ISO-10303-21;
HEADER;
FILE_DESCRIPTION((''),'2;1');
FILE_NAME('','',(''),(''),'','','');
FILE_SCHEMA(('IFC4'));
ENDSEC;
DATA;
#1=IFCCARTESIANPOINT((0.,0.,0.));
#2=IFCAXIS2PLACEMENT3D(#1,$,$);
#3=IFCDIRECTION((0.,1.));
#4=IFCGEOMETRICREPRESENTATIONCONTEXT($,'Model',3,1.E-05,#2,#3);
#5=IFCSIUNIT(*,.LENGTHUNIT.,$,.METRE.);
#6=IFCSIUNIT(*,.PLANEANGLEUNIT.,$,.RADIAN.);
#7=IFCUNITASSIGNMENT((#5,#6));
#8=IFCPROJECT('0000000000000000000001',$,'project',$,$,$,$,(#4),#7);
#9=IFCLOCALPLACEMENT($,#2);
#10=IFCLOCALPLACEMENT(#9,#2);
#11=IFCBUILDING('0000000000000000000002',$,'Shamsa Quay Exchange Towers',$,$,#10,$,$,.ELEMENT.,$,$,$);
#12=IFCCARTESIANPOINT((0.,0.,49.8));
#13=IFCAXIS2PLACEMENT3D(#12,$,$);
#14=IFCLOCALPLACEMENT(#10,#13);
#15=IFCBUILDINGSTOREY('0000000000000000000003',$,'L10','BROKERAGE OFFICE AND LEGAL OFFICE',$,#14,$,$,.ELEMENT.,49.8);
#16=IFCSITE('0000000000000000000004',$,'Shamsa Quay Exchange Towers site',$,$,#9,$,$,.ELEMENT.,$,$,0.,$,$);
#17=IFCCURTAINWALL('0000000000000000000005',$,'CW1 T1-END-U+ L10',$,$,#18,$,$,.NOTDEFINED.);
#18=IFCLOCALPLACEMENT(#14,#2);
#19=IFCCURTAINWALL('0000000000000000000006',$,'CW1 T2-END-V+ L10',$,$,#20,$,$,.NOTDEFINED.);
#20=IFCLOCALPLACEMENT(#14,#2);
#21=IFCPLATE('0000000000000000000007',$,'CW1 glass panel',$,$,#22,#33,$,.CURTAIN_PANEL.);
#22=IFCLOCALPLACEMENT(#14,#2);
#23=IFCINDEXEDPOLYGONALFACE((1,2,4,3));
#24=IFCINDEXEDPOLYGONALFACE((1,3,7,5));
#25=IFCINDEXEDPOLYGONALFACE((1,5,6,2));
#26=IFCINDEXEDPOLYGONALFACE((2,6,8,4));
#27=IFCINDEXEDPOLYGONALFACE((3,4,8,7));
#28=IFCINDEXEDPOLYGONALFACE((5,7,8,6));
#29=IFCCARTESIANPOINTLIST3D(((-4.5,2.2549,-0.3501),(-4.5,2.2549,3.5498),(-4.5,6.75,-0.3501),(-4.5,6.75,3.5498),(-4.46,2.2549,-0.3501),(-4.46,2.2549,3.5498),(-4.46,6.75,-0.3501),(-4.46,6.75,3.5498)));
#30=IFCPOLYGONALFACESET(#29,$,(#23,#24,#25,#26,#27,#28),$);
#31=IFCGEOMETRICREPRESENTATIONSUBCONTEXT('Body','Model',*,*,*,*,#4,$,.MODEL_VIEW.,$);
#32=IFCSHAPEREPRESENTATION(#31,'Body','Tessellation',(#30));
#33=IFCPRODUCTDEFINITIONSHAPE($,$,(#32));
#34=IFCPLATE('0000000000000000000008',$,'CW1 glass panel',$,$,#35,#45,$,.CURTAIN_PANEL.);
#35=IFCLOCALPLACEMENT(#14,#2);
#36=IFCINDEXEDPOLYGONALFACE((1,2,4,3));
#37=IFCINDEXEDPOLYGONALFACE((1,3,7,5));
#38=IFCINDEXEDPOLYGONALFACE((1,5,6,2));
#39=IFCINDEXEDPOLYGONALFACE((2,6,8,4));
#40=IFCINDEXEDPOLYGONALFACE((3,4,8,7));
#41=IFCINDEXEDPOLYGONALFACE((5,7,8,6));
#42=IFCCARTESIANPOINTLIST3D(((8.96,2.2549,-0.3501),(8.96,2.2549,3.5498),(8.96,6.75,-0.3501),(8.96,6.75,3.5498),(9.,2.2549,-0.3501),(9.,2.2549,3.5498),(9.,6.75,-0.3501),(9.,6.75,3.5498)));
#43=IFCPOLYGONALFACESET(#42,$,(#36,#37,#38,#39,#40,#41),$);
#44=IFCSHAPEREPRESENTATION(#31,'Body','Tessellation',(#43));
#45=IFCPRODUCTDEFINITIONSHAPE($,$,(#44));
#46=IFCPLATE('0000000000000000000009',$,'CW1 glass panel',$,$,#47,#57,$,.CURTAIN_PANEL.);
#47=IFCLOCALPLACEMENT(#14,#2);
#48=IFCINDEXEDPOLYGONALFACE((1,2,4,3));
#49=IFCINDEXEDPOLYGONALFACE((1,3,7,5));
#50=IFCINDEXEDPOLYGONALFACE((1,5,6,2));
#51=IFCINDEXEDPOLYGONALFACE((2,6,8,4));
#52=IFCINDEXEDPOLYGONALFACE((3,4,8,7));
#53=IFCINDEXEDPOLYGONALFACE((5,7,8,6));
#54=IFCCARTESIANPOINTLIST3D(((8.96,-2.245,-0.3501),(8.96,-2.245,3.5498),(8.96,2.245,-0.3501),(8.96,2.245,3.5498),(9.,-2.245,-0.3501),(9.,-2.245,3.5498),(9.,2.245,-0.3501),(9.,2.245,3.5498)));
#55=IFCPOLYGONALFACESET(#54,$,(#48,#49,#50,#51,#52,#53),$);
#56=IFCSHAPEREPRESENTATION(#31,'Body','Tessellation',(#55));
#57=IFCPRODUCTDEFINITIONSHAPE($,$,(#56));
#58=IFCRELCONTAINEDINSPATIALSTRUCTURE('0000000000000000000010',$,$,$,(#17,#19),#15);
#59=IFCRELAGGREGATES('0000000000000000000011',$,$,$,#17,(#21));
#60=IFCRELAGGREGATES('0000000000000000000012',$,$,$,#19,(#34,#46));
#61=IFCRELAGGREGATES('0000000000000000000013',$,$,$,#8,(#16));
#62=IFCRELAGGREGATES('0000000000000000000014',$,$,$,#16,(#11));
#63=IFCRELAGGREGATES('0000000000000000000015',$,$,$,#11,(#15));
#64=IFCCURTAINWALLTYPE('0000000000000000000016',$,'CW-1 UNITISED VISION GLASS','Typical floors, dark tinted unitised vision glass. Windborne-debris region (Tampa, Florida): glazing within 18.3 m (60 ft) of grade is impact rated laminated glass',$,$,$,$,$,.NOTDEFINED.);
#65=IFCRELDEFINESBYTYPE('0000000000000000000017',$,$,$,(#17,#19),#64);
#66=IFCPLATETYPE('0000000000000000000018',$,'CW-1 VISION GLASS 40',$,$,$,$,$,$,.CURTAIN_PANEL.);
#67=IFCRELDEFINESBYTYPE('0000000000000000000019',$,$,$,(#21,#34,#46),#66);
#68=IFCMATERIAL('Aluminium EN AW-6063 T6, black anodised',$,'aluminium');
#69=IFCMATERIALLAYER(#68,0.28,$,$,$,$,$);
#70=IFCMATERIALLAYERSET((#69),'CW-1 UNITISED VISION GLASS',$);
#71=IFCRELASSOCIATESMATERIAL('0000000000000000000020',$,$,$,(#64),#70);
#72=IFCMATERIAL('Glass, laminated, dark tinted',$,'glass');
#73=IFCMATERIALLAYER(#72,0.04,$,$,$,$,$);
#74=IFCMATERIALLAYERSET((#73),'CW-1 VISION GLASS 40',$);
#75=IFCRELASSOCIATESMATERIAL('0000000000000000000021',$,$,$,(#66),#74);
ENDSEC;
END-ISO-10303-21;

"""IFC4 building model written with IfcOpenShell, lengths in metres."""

from ifc_helpers import new_model, si_unit, direction, frame, origin, origin_2d, place, context, subcontext, project, spatial, rectangle, extrude, material, layer, layer_set, type_object, element, aggregate, save


model = new_model("IFC4")

# Units and contexts
model_context = context("Model", 3, precision=1e-05, world=origin(), true_north=direction((0.0, 1.0)))
body_context = subcontext(model_context, "Body", "Model", "MODEL_VIEW")
ifc_project = project(units=[si_unit("LENGTHUNIT", "METRE"), si_unit("PLANEANGLEUNIT", "RADIAN")], contexts=[model_context])

# Site, building, storey
site_placement = place(None, origin())
site = spatial("IfcSite", under=ifc_project, at=site_placement, Name="Shamsa Quay Exchange Towers site", CompositionType="ELEMENT", RefElevation=0.0)
building_placement = place(site_placement, origin())
building = spatial("IfcBuilding", under=site, at=building_placement, Name="Shamsa Quay Exchange Towers", CompositionType="ELEMENT")
storey_placement = place(building_placement, frame((0.0, 0.0, 49.8)))
storey = spatial("IfcBuildingStorey", under=building, at=storey_placement, Name="L10", Description="BROKERAGE OFFICE AND LEGAL OFFICE", CompositionType="ELEMENT", Elevation=49.8)

# Curtain walls
ifc_material_1 = material(Name="Aluminium EN AW-6063 T6, black anodised", Category="aluminium")
ifc_layer_1 = layer(ifc_material_1, 0.28)
ifc_layer_set_1 = layer_set([ifc_layer_1], Name="CW-1 UNITISED VISION GLASS")
curtain_wall_type = type_object("IfcCurtainWallType", Name="CW-1 UNITISED VISION GLASS", Description="Typical floors, dark tinted unitised vision glass. Windborne-debris region (Tampa, Florida): glazing within 18.3 m (60 ft) of grade is impact rated laminated glass", PredefinedType="NOTDEFINED", material=ifc_layer_set_1)
curtain_wall_1_placement = place(storey_placement, origin())
curtain_wall_1 = element("IfcCurtainWall", 1, at=curtain_wall_1_placement, inside=storey, type_object=curtain_wall_type, Name="CW1 T1-END-U+ L10", PredefinedType="NOTDEFINED")
curtain_wall_2_placement = place(storey_placement, origin())
curtain_wall_2 = element("IfcCurtainWall", 2, at=curtain_wall_2_placement, inside=storey, type_object=curtain_wall_type, Name="CW1 T2-END-V+ L10", PredefinedType="NOTDEFINED")

# Plates
ifc_material_2 = material(Name="Glass, laminated, dark tinted", Category="glass")
ifc_layer_2 = layer(ifc_material_2, 0.04)
ifc_layer_set_2 = layer_set([ifc_layer_2], Name="CW-1 VISION GLASS 40")
plate_type = type_object("IfcPlateType", Name="CW-1 VISION GLASS 40", PredefinedType="CURTAIN_PANEL", material=ifc_layer_set_2)
plate_1_placement = place(storey_placement, frame((-4.48, 4.5024, -0.3501), z_axis=(0.0, 0.0, 1.0), x_axis=(0.0, 1.0, 0.0)))
plate_1 = element("IfcPlate", 3, at=plate_1_placement, type_object=plate_type, Name="CW1 glass panel", PredefinedType="CURTAIN_PANEL", context=body_context, shape_type="SweptSolid", body=[
    extrude(rectangle(XDim=4.4951, YDim=0.04, at=origin_2d()), origin(), (0.0, 0.0, 1.0), 3.8999),
])
aggregate(curtain_wall_1, [plate_1])
plate_2_placement = place(storey_placement, frame((8.98, 4.5024, -0.3501), z_axis=(0.0, 0.0, 1.0), x_axis=(0.0, -1.0, 0.0)))
plate_2 = element("IfcPlate", 4, at=plate_2_placement, type_object=plate_type, Name="CW1 glass panel", PredefinedType="CURTAIN_PANEL", context=body_context, shape_type="SweptSolid", body=[
    extrude(rectangle(XDim=4.4951, YDim=0.04, at=origin_2d()), origin(), (0.0, 0.0, 1.0), 3.8999),
])
plate_3_placement = place(storey_placement, frame((8.98, 0.0, -0.3501), z_axis=(0.0, 0.0, 1.0), x_axis=(0.0, -1.0, 0.0)))
plate_3 = element("IfcPlate", 5, at=plate_3_placement, type_object=plate_type, Name="CW1 glass panel", PredefinedType="CURTAIN_PANEL", context=body_context, shape_type="SweptSolid", body=[
    extrude(rectangle(XDim=4.49, YDim=0.04, at=origin_2d()), origin(), (0.0, 0.0, 1.0), 3.8999),
])
aggregate(curtain_wall_2, [plate_2, plate_3])

save(model, "model.ifc")
